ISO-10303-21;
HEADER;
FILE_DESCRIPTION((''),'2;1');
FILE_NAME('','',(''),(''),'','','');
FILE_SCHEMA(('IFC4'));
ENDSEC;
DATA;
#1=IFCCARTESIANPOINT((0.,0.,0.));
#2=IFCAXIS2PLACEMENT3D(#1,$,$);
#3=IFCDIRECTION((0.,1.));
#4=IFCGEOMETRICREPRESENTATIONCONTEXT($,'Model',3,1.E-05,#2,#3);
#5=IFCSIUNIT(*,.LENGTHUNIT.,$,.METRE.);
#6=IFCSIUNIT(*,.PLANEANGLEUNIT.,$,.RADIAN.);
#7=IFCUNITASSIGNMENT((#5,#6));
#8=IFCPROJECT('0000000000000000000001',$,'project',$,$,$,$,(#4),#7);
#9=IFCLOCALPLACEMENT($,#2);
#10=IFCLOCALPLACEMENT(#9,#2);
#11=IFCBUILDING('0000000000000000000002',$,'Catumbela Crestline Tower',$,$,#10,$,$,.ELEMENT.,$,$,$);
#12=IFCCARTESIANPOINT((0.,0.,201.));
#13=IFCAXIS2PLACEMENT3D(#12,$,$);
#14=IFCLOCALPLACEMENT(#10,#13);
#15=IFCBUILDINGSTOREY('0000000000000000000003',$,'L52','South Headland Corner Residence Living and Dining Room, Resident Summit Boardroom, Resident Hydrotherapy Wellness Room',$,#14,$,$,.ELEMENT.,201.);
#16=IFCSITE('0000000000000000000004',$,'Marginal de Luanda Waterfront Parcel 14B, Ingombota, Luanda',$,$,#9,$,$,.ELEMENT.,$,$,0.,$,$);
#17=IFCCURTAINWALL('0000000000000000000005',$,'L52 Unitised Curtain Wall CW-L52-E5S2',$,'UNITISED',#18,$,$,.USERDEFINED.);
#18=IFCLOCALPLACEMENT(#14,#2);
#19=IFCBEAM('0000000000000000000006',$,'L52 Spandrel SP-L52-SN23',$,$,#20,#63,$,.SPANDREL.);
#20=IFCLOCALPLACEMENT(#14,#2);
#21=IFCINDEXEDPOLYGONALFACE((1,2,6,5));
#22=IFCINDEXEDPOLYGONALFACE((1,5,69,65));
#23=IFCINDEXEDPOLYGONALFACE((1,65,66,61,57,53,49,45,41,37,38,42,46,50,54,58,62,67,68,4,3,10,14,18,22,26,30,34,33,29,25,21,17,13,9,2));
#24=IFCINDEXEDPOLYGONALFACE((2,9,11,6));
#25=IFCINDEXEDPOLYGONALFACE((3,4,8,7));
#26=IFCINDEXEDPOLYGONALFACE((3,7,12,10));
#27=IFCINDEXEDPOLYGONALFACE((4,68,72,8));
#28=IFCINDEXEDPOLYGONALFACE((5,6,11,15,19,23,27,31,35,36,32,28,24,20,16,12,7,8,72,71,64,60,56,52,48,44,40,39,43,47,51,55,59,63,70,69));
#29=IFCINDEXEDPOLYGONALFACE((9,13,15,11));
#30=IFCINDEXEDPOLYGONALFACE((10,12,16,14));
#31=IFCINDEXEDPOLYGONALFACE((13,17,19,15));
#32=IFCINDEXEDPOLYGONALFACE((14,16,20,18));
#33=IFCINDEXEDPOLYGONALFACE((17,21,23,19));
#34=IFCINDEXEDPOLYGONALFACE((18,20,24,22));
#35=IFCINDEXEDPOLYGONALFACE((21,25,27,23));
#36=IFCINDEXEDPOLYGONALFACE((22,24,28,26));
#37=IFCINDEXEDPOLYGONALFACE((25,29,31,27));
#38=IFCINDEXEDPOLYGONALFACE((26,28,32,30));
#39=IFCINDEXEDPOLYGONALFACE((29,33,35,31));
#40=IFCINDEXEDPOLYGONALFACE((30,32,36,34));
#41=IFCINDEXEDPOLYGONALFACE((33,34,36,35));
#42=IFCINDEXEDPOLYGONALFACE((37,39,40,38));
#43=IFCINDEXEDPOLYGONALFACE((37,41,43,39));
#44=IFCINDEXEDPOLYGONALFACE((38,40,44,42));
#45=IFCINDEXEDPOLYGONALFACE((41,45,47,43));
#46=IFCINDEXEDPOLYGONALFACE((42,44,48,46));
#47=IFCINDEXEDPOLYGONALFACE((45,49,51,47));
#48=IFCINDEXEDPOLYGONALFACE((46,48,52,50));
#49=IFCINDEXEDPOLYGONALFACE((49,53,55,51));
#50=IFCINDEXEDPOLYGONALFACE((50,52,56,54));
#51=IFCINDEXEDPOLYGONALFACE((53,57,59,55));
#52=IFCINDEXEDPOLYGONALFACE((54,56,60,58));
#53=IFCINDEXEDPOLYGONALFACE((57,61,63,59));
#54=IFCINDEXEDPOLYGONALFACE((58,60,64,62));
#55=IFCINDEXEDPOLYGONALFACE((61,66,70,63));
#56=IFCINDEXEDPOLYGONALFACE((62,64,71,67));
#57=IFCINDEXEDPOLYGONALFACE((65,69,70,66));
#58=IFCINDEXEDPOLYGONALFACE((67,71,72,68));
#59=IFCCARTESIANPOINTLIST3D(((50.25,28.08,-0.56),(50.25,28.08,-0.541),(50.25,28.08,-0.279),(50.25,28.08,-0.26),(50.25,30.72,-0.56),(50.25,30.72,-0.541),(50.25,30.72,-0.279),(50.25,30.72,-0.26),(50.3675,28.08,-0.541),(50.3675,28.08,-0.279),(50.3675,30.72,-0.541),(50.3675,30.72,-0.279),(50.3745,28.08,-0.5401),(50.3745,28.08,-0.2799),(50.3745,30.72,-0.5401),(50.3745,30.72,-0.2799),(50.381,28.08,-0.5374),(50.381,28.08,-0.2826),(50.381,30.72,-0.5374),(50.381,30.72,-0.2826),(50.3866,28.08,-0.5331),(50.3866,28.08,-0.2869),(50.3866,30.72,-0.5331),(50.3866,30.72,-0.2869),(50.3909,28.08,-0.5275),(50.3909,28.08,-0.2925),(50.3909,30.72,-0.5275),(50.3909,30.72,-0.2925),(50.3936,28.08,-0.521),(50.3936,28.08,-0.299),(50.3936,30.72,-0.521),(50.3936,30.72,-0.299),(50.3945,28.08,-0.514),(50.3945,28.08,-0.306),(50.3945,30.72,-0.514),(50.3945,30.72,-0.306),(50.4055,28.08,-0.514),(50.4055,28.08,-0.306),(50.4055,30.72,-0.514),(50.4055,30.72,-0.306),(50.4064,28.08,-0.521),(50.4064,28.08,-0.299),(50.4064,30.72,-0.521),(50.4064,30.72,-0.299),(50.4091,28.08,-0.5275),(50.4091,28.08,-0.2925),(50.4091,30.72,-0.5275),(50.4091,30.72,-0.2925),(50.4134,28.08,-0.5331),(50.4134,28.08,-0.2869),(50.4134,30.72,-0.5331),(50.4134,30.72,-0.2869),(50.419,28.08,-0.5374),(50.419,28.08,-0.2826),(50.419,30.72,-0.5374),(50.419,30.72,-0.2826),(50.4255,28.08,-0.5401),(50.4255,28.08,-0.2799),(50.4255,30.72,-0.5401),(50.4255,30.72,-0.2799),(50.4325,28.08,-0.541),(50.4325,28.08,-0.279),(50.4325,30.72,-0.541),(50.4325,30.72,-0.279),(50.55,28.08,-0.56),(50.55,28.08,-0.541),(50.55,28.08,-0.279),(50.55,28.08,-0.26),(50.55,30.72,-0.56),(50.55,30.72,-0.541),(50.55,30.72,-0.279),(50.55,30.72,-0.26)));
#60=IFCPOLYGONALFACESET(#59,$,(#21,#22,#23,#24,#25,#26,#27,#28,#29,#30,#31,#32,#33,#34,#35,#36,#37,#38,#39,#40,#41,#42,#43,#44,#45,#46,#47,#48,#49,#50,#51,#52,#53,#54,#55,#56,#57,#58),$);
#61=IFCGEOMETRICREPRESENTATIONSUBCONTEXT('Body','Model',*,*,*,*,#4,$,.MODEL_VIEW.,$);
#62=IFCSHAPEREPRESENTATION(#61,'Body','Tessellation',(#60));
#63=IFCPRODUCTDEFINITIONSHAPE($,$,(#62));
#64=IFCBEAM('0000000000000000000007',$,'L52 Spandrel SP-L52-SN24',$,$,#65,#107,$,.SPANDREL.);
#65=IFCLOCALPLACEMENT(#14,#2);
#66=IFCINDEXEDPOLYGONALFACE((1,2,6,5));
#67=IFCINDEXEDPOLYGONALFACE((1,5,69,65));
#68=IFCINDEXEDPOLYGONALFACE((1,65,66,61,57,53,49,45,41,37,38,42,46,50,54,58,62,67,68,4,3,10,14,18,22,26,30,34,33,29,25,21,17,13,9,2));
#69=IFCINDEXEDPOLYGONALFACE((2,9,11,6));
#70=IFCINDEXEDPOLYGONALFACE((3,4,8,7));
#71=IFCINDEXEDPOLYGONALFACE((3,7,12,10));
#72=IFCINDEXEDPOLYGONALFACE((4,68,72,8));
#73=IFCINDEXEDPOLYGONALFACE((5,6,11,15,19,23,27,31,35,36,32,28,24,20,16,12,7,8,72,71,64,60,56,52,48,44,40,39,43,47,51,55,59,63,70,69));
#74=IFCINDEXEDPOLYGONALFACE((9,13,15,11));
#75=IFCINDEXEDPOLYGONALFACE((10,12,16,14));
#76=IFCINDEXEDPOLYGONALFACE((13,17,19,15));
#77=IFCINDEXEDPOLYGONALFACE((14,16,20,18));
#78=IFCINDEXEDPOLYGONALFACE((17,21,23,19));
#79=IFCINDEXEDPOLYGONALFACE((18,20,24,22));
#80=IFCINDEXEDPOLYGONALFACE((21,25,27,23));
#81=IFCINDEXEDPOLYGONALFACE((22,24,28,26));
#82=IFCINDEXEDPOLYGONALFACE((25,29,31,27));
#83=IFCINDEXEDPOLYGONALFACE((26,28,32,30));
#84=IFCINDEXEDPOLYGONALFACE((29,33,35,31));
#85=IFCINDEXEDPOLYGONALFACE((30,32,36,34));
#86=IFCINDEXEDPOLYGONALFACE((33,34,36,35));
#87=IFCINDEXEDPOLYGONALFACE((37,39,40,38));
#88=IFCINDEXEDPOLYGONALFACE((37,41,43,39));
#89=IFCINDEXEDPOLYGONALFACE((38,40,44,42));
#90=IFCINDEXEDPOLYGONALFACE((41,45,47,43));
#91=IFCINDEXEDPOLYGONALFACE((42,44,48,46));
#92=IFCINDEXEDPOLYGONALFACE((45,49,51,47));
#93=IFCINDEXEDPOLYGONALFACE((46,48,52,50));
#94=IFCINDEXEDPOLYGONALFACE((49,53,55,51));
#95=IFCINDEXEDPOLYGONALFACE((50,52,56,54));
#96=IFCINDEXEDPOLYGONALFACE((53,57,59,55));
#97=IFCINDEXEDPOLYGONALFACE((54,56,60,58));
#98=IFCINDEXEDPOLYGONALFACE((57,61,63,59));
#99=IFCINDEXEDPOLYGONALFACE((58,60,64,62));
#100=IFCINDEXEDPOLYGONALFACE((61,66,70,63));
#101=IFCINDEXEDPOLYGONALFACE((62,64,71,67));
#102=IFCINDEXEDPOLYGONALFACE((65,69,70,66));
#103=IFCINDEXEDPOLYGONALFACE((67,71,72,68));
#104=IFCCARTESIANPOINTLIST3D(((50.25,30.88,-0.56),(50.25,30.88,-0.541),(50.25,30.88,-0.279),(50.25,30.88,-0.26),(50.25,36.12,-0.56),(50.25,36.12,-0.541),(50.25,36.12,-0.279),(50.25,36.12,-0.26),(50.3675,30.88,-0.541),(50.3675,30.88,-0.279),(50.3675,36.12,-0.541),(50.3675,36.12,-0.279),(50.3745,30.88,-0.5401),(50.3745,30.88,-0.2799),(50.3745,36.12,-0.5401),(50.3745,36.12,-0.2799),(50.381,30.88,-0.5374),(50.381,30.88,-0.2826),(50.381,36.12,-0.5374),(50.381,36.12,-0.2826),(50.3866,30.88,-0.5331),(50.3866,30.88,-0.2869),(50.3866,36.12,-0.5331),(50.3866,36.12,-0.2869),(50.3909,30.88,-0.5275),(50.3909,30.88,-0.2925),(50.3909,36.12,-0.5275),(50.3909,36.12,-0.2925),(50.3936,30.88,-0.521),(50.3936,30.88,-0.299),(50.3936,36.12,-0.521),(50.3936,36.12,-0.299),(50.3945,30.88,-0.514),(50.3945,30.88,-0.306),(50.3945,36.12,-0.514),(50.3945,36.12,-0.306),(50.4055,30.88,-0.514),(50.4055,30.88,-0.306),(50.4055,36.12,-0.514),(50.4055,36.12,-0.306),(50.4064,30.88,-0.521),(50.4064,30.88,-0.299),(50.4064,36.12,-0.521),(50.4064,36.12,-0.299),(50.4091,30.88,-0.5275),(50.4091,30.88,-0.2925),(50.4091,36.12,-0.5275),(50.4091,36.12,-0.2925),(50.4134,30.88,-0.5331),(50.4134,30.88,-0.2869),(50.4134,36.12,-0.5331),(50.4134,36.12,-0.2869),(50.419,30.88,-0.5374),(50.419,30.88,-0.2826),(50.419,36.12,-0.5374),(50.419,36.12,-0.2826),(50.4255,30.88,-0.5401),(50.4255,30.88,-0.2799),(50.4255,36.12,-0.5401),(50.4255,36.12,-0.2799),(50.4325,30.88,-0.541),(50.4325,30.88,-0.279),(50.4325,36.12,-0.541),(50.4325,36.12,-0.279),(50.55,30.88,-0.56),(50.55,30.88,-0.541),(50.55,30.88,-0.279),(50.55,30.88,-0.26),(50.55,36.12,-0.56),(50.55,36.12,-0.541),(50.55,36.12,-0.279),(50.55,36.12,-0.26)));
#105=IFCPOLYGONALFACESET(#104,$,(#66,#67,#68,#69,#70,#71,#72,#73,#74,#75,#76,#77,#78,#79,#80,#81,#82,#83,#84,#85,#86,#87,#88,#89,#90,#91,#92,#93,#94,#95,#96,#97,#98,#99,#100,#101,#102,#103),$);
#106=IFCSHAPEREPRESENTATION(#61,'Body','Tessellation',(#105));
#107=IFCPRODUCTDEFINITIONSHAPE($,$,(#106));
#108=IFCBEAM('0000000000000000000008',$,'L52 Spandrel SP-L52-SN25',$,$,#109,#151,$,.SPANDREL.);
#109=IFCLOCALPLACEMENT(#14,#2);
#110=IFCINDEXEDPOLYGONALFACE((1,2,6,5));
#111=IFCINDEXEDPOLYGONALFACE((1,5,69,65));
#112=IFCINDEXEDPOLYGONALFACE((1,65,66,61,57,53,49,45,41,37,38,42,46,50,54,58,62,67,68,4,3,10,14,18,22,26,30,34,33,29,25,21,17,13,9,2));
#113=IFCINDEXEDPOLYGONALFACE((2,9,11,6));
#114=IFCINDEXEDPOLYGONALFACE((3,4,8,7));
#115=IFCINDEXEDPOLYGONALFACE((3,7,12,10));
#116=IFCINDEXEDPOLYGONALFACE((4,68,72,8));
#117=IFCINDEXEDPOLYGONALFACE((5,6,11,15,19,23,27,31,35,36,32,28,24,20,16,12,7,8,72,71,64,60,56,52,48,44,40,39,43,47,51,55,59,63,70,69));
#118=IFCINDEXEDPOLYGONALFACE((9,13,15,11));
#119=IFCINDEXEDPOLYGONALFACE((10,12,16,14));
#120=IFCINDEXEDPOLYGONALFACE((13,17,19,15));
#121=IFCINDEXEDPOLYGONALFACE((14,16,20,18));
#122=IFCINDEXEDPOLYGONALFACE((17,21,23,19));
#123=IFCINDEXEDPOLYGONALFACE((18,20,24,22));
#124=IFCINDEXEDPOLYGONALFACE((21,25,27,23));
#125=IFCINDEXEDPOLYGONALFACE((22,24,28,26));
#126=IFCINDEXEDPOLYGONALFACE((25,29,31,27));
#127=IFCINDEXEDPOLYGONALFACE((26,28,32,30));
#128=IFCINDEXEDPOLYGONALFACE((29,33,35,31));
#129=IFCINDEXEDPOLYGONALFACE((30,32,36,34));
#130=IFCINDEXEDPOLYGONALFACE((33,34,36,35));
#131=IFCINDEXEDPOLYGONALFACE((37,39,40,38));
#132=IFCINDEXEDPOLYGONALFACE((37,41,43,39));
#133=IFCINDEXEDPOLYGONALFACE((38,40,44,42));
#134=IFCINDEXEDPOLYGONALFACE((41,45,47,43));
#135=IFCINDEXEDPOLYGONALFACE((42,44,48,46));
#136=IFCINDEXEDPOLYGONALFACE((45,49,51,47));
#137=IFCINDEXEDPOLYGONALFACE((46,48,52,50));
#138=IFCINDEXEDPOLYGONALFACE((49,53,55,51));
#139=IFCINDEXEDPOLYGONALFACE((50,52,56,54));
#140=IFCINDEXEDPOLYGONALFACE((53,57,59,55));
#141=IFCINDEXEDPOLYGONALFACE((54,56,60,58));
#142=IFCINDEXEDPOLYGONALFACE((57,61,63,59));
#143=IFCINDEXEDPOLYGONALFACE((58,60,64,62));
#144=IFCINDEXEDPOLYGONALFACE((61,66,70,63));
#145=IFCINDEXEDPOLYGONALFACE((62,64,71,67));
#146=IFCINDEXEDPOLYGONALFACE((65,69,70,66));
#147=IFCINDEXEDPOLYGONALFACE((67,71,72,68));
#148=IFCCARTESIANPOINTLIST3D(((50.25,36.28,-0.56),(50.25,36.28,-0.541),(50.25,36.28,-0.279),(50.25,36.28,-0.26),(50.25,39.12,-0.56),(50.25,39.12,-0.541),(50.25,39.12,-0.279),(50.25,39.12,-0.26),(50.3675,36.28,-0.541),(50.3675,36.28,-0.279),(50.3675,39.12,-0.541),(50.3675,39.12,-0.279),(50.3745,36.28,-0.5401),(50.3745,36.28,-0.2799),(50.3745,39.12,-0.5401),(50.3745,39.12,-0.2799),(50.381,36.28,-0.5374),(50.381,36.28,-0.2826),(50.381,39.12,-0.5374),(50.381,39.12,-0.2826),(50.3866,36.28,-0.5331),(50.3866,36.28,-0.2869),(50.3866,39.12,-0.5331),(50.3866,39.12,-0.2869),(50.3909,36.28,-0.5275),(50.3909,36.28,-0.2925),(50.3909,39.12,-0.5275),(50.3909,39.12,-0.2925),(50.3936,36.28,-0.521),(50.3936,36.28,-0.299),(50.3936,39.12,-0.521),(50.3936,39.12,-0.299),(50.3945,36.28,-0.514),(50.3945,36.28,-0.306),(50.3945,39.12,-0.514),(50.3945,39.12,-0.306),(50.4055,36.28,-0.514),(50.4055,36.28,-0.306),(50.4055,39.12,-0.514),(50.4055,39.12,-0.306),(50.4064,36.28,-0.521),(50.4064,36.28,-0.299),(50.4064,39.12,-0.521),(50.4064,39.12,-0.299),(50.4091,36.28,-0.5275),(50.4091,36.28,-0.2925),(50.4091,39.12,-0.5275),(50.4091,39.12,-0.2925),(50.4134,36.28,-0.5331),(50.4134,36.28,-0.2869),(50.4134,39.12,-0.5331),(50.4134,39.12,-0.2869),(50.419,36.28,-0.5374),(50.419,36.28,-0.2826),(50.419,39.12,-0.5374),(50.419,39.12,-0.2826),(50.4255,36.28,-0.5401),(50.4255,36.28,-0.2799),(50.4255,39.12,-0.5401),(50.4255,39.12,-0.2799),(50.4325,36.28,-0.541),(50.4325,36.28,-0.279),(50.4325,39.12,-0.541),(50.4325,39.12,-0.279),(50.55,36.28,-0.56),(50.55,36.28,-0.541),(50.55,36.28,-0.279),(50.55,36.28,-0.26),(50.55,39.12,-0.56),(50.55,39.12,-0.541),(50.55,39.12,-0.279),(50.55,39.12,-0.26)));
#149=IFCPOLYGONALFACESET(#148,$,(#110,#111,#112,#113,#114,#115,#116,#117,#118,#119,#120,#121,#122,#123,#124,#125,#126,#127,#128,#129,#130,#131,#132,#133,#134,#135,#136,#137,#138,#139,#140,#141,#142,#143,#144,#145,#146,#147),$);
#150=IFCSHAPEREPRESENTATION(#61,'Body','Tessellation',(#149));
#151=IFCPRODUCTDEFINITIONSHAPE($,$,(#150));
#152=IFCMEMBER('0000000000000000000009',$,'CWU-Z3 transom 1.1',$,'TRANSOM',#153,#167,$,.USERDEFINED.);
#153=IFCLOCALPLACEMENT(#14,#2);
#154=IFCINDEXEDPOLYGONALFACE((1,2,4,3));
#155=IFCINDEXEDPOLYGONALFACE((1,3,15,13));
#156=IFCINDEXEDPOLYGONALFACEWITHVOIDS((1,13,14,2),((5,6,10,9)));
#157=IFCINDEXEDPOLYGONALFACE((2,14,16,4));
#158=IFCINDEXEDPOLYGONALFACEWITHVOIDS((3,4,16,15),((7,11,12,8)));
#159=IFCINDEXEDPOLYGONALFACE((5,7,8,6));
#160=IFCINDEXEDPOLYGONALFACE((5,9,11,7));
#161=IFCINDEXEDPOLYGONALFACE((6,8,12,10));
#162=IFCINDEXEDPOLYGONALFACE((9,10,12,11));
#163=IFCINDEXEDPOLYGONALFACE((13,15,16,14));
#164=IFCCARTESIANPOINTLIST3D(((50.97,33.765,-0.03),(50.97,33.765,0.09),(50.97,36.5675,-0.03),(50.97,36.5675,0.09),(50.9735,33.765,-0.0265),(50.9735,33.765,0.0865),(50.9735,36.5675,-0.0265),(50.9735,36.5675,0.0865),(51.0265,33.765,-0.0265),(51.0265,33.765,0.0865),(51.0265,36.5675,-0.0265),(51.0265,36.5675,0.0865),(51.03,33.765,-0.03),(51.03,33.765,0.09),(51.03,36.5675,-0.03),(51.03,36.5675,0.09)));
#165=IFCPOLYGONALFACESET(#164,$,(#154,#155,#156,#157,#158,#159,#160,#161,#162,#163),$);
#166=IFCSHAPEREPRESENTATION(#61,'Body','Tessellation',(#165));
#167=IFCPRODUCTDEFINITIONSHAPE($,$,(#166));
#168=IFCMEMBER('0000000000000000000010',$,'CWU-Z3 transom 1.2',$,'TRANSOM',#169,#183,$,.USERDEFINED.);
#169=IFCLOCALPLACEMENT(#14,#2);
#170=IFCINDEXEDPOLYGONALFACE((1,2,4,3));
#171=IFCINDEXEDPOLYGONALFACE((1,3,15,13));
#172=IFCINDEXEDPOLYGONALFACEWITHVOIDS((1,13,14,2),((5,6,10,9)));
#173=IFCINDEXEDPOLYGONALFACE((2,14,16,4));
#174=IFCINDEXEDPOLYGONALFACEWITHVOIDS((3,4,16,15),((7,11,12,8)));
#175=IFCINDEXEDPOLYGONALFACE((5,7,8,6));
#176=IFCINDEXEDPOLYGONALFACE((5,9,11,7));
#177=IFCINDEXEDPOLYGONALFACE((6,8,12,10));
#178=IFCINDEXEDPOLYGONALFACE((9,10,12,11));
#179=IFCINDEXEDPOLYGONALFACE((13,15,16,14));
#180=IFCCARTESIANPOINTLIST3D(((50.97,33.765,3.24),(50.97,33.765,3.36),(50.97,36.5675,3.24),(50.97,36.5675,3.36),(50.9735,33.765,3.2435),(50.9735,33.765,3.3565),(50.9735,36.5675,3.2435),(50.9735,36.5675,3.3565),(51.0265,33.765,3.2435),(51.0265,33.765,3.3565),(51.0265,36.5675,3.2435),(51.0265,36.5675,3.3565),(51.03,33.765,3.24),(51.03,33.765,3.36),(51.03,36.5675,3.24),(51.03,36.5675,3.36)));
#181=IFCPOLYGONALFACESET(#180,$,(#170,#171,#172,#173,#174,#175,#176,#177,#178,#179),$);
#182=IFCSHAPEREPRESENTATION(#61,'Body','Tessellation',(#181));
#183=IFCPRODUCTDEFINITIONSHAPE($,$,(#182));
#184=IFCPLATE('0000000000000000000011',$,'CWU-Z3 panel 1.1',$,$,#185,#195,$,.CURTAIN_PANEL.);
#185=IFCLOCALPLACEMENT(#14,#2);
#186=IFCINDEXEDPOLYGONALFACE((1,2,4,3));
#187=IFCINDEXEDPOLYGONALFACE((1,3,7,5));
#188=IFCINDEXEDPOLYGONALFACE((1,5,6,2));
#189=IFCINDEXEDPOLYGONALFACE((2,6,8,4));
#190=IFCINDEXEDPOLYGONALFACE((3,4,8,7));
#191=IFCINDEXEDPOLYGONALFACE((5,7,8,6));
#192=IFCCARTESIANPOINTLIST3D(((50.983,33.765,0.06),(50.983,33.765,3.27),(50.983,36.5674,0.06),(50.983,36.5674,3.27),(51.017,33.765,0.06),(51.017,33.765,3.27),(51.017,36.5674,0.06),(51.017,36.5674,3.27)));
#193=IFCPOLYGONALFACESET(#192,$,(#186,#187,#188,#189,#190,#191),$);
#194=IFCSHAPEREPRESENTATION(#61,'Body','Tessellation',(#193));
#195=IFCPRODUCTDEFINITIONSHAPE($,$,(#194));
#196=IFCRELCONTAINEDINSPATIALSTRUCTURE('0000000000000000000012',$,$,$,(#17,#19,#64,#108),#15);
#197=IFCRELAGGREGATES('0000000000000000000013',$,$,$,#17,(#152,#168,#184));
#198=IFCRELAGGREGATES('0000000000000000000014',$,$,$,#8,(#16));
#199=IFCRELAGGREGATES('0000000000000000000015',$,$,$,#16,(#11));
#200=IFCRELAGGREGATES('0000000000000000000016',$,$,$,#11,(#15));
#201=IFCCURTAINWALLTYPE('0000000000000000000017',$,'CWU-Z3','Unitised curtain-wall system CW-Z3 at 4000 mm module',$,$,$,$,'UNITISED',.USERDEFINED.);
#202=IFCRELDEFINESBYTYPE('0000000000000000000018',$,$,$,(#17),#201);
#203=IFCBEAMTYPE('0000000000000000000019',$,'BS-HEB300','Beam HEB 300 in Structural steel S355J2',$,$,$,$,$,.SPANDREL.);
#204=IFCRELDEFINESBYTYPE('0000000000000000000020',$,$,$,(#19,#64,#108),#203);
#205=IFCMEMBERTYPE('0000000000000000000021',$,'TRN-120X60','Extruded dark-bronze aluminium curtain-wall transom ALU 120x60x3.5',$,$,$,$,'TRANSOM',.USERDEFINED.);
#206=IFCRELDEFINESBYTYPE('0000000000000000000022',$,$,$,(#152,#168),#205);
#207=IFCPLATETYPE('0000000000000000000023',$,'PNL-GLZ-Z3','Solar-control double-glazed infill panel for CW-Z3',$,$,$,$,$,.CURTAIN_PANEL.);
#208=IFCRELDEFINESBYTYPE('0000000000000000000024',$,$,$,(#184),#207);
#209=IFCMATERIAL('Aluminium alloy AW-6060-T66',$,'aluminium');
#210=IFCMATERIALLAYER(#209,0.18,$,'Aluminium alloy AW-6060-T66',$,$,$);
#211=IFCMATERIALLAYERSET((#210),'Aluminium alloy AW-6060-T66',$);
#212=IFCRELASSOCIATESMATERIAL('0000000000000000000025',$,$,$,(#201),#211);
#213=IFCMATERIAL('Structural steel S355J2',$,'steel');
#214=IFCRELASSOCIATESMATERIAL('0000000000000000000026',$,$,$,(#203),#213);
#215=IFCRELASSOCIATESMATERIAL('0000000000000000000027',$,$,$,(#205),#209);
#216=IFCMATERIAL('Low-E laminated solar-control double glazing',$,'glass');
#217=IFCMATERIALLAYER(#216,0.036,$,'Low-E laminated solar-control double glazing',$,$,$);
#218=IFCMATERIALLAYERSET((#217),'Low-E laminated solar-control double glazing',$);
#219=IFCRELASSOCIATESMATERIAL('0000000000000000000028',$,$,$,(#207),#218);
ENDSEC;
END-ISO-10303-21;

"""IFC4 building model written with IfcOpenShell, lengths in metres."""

from ifc_helpers import new_model, si_unit, direction, frame, origin, origin_2d, place, context, subcontext, project, spatial, rectangle, hollow_rectangle, i_section, extrude, material, layer, layer_set, material_profile, profile_set, type_object, element, aggregate, save


model = new_model("IFC4")

# Units and contexts
model_context = context("Model", 3, precision=1e-05, world=origin(), true_north=direction((0.0, 1.0)))
body_context = subcontext(model_context, "Body", "Model", "MODEL_VIEW")
ifc_project = project(units=[si_unit("LENGTHUNIT", "METRE"), si_unit("PLANEANGLEUNIT", "RADIAN")], contexts=[model_context])

# Site, building, storey
site_placement = place(None, origin())
site = spatial("IfcSite", under=ifc_project, at=site_placement, Name="Marginal de Luanda Waterfront Parcel 14B, Ingombota, Luanda", CompositionType="ELEMENT", RefElevation=0.0)
building_placement = place(site_placement, origin())
building = spatial("IfcBuilding", under=site, at=building_placement, Name="Catumbela Crestline Tower", CompositionType="ELEMENT")
storey_placement = place(building_placement, frame((0.0, 0.0, 201.0)))
storey = spatial("IfcBuildingStorey", under=building, at=storey_placement, Name="L52", Description="South Headland Corner Residence Living and Dining Room, Resident Summit Boardroom, Resident Hydrotherapy Wellness Room", CompositionType="ELEMENT", Elevation=201.0)

# Shared definitions
ifc_material_1 = material(Name="Structural steel S355J2", Category="steel")

# Curtain wall
ifc_material_2 = material(Name="Aluminium alloy AW-6060-T66", Category="aluminium")
ifc_layer_1 = layer(ifc_material_2, 0.18, Name="Aluminium alloy AW-6060-T66")
ifc_layer_set_1 = layer_set([ifc_layer_1], Name="Aluminium alloy AW-6060-T66")
curtain_wall_type = type_object("IfcCurtainWallType", Name="CWU-Z3", Description="Unitised curtain-wall system CW-Z3 at 4000 mm module", ElementType="UNITISED", PredefinedType="USERDEFINED", material=ifc_layer_set_1)
curtain_wall_placement = place(storey_placement, origin())
curtain_wall = element("IfcCurtainWall", 1, at=curtain_wall_placement, inside=storey, type_object=curtain_wall_type, Name="L52 Unitised Curtain Wall CW-L52-E5S2", ObjectType="UNITISED", PredefinedType="USERDEFINED")

# Beams
ifc_material_profile_1 = material_profile(ifc_material_1, i_section(OverallWidth=0.3, OverallDepth=0.3, WebThickness=0.011, FlangeThickness=0.019, FilletRadius=0.027, at=origin_2d()), Name="HEB 300")
ifc_profile_set_1 = profile_set([ifc_material_profile_1], Name="Structural steel S355J2")
beam_type_1 = type_object("IfcBeamType", Name="BS-HEB300", Description="Beam HEB 300 in Structural steel S355J2", PredefinedType="SPANDREL", material=ifc_profile_set_1)
beam_1_placement = place(storey_placement, frame((50.4, 28.08, -0.41), z_axis=(0.0, 1.0, 0.0), x_axis=(-1.0, 0.0, 0.0)))
element("IfcBeam", 2, at=beam_1_placement, inside=storey, type_object=beam_type_1, Name="L52 Spandrel SP-L52-SN23", PredefinedType="SPANDREL", context=body_context, shape_type="SweptSolid", body=[
    extrude(i_section(OverallWidth=0.3, OverallDepth=0.3, WebThickness=0.011, FlangeThickness=0.019, FilletRadius=0.027, at=origin_2d()), origin(), (0.0, 0.0, 1.0), 2.64),
])
beam_2_placement = place(storey_placement, frame((50.4, 30.88, -0.41), z_axis=(0.0, 1.0, 0.0), x_axis=(-1.0, 0.0, 0.0)))
element("IfcBeam", 3, at=beam_2_placement, inside=storey, type_object=beam_type_1, Name="L52 Spandrel SP-L52-SN24", PredefinedType="SPANDREL", context=body_context, shape_type="SweptSolid", body=[
    extrude(i_section(OverallWidth=0.3, OverallDepth=0.3, WebThickness=0.011, FlangeThickness=0.019, FilletRadius=0.027, at=origin_2d()), origin(), (0.0, 0.0, 1.0), 5.24),
])
beam_3_placement = place(storey_placement, frame((50.4, 36.28, -0.41), z_axis=(0.0, 1.0, 0.0), x_axis=(-1.0, 0.0, 0.0)))
element("IfcBeam", 4, at=beam_3_placement, inside=storey, type_object=beam_type_1, Name="L52 Spandrel SP-L52-SN25", PredefinedType="SPANDREL", context=body_context, shape_type="SweptSolid", body=[
    extrude(i_section(OverallWidth=0.3, OverallDepth=0.3, WebThickness=0.011, FlangeThickness=0.019, FilletRadius=0.027, at=origin_2d()), origin(), (0.0, 0.0, 1.0), 2.84),
])

# Members
ifc_material_profile_2 = material_profile(ifc_material_2, hollow_rectangle(XDim=0.06, YDim=0.12, WallThickness=0.0035, at=origin_2d()), Name="ALU 120x60x3.5")
ifc_profile_set_2 = profile_set([ifc_material_profile_2], Name="Aluminium alloy AW-6060-T66")
member_type_1 = type_object("IfcMemberType", Name="TRN-120X60", Description="Extruded dark-bronze aluminium curtain-wall transom ALU 120x60x3.5", ElementType="TRANSOM", PredefinedType="USERDEFINED", material=ifc_profile_set_2)
member_1_placement = place(storey_placement, frame((51.0, 33.765, 0.03), z_axis=(0.0, 1.0, 0.0), x_axis=(-1.0, 0.0, 0.0)))
member_1 = element("IfcMember", 5, at=member_1_placement, type_object=member_type_1, Name="CWU-Z3 transom 1.1", ObjectType="TRANSOM", PredefinedType="USERDEFINED", context=body_context, shape_type="SweptSolid", body=[
    extrude(hollow_rectangle(XDim=0.06, YDim=0.12, WallThickness=0.0035, at=origin_2d()), origin(), (0.0, 0.0, 1.0), 2.8025),
])
member_2_placement = place(storey_placement, frame((51.0, 33.765, 3.3), z_axis=(0.0, 1.0, 0.0), x_axis=(-1.0, 0.0, 0.0)))
member_2 = element("IfcMember", 6, at=member_2_placement, type_object=member_type_1, Name="CWU-Z3 transom 1.2", ObjectType="TRANSOM", PredefinedType="USERDEFINED", context=body_context, shape_type="SweptSolid", body=[
    extrude(hollow_rectangle(XDim=0.06, YDim=0.12, WallThickness=0.0035, at=origin_2d()), origin(), (0.0, 0.0, 1.0), 2.8025),
])

# Plate
ifc_material_3 = material(Name="Low-E laminated solar-control double glazing", Category="glass")
ifc_layer_2 = layer(ifc_material_3, 0.036, Name="Low-E laminated solar-control double glazing")
ifc_layer_set_2 = layer_set([ifc_layer_2], Name="Low-E laminated solar-control double glazing")
plate_type = type_object("IfcPlateType", Name="PNL-GLZ-Z3", Description="Solar-control double-glazed infill panel for CW-Z3", PredefinedType="CURTAIN_PANEL", material=ifc_layer_set_2)
plate_placement = place(storey_placement, frame((51.0, 35.1662, 0.06), z_axis=(0.0, 0.0, 1.0), x_axis=(0.0, 1.0, 0.0)))
plate = element("IfcPlate", 7, at=plate_placement, type_object=plate_type, Name="CWU-Z3 panel 1.1", PredefinedType="CURTAIN_PANEL", context=body_context, shape_type="SweptSolid", body=[
    extrude(rectangle(XDim=2.8025, YDim=0.034, at=origin_2d()), origin(), (0.0, 0.0, 1.0), 3.21),
])
aggregate(curtain_wall, [member_1, member_2, plate])

save(model, "model.ifc")
